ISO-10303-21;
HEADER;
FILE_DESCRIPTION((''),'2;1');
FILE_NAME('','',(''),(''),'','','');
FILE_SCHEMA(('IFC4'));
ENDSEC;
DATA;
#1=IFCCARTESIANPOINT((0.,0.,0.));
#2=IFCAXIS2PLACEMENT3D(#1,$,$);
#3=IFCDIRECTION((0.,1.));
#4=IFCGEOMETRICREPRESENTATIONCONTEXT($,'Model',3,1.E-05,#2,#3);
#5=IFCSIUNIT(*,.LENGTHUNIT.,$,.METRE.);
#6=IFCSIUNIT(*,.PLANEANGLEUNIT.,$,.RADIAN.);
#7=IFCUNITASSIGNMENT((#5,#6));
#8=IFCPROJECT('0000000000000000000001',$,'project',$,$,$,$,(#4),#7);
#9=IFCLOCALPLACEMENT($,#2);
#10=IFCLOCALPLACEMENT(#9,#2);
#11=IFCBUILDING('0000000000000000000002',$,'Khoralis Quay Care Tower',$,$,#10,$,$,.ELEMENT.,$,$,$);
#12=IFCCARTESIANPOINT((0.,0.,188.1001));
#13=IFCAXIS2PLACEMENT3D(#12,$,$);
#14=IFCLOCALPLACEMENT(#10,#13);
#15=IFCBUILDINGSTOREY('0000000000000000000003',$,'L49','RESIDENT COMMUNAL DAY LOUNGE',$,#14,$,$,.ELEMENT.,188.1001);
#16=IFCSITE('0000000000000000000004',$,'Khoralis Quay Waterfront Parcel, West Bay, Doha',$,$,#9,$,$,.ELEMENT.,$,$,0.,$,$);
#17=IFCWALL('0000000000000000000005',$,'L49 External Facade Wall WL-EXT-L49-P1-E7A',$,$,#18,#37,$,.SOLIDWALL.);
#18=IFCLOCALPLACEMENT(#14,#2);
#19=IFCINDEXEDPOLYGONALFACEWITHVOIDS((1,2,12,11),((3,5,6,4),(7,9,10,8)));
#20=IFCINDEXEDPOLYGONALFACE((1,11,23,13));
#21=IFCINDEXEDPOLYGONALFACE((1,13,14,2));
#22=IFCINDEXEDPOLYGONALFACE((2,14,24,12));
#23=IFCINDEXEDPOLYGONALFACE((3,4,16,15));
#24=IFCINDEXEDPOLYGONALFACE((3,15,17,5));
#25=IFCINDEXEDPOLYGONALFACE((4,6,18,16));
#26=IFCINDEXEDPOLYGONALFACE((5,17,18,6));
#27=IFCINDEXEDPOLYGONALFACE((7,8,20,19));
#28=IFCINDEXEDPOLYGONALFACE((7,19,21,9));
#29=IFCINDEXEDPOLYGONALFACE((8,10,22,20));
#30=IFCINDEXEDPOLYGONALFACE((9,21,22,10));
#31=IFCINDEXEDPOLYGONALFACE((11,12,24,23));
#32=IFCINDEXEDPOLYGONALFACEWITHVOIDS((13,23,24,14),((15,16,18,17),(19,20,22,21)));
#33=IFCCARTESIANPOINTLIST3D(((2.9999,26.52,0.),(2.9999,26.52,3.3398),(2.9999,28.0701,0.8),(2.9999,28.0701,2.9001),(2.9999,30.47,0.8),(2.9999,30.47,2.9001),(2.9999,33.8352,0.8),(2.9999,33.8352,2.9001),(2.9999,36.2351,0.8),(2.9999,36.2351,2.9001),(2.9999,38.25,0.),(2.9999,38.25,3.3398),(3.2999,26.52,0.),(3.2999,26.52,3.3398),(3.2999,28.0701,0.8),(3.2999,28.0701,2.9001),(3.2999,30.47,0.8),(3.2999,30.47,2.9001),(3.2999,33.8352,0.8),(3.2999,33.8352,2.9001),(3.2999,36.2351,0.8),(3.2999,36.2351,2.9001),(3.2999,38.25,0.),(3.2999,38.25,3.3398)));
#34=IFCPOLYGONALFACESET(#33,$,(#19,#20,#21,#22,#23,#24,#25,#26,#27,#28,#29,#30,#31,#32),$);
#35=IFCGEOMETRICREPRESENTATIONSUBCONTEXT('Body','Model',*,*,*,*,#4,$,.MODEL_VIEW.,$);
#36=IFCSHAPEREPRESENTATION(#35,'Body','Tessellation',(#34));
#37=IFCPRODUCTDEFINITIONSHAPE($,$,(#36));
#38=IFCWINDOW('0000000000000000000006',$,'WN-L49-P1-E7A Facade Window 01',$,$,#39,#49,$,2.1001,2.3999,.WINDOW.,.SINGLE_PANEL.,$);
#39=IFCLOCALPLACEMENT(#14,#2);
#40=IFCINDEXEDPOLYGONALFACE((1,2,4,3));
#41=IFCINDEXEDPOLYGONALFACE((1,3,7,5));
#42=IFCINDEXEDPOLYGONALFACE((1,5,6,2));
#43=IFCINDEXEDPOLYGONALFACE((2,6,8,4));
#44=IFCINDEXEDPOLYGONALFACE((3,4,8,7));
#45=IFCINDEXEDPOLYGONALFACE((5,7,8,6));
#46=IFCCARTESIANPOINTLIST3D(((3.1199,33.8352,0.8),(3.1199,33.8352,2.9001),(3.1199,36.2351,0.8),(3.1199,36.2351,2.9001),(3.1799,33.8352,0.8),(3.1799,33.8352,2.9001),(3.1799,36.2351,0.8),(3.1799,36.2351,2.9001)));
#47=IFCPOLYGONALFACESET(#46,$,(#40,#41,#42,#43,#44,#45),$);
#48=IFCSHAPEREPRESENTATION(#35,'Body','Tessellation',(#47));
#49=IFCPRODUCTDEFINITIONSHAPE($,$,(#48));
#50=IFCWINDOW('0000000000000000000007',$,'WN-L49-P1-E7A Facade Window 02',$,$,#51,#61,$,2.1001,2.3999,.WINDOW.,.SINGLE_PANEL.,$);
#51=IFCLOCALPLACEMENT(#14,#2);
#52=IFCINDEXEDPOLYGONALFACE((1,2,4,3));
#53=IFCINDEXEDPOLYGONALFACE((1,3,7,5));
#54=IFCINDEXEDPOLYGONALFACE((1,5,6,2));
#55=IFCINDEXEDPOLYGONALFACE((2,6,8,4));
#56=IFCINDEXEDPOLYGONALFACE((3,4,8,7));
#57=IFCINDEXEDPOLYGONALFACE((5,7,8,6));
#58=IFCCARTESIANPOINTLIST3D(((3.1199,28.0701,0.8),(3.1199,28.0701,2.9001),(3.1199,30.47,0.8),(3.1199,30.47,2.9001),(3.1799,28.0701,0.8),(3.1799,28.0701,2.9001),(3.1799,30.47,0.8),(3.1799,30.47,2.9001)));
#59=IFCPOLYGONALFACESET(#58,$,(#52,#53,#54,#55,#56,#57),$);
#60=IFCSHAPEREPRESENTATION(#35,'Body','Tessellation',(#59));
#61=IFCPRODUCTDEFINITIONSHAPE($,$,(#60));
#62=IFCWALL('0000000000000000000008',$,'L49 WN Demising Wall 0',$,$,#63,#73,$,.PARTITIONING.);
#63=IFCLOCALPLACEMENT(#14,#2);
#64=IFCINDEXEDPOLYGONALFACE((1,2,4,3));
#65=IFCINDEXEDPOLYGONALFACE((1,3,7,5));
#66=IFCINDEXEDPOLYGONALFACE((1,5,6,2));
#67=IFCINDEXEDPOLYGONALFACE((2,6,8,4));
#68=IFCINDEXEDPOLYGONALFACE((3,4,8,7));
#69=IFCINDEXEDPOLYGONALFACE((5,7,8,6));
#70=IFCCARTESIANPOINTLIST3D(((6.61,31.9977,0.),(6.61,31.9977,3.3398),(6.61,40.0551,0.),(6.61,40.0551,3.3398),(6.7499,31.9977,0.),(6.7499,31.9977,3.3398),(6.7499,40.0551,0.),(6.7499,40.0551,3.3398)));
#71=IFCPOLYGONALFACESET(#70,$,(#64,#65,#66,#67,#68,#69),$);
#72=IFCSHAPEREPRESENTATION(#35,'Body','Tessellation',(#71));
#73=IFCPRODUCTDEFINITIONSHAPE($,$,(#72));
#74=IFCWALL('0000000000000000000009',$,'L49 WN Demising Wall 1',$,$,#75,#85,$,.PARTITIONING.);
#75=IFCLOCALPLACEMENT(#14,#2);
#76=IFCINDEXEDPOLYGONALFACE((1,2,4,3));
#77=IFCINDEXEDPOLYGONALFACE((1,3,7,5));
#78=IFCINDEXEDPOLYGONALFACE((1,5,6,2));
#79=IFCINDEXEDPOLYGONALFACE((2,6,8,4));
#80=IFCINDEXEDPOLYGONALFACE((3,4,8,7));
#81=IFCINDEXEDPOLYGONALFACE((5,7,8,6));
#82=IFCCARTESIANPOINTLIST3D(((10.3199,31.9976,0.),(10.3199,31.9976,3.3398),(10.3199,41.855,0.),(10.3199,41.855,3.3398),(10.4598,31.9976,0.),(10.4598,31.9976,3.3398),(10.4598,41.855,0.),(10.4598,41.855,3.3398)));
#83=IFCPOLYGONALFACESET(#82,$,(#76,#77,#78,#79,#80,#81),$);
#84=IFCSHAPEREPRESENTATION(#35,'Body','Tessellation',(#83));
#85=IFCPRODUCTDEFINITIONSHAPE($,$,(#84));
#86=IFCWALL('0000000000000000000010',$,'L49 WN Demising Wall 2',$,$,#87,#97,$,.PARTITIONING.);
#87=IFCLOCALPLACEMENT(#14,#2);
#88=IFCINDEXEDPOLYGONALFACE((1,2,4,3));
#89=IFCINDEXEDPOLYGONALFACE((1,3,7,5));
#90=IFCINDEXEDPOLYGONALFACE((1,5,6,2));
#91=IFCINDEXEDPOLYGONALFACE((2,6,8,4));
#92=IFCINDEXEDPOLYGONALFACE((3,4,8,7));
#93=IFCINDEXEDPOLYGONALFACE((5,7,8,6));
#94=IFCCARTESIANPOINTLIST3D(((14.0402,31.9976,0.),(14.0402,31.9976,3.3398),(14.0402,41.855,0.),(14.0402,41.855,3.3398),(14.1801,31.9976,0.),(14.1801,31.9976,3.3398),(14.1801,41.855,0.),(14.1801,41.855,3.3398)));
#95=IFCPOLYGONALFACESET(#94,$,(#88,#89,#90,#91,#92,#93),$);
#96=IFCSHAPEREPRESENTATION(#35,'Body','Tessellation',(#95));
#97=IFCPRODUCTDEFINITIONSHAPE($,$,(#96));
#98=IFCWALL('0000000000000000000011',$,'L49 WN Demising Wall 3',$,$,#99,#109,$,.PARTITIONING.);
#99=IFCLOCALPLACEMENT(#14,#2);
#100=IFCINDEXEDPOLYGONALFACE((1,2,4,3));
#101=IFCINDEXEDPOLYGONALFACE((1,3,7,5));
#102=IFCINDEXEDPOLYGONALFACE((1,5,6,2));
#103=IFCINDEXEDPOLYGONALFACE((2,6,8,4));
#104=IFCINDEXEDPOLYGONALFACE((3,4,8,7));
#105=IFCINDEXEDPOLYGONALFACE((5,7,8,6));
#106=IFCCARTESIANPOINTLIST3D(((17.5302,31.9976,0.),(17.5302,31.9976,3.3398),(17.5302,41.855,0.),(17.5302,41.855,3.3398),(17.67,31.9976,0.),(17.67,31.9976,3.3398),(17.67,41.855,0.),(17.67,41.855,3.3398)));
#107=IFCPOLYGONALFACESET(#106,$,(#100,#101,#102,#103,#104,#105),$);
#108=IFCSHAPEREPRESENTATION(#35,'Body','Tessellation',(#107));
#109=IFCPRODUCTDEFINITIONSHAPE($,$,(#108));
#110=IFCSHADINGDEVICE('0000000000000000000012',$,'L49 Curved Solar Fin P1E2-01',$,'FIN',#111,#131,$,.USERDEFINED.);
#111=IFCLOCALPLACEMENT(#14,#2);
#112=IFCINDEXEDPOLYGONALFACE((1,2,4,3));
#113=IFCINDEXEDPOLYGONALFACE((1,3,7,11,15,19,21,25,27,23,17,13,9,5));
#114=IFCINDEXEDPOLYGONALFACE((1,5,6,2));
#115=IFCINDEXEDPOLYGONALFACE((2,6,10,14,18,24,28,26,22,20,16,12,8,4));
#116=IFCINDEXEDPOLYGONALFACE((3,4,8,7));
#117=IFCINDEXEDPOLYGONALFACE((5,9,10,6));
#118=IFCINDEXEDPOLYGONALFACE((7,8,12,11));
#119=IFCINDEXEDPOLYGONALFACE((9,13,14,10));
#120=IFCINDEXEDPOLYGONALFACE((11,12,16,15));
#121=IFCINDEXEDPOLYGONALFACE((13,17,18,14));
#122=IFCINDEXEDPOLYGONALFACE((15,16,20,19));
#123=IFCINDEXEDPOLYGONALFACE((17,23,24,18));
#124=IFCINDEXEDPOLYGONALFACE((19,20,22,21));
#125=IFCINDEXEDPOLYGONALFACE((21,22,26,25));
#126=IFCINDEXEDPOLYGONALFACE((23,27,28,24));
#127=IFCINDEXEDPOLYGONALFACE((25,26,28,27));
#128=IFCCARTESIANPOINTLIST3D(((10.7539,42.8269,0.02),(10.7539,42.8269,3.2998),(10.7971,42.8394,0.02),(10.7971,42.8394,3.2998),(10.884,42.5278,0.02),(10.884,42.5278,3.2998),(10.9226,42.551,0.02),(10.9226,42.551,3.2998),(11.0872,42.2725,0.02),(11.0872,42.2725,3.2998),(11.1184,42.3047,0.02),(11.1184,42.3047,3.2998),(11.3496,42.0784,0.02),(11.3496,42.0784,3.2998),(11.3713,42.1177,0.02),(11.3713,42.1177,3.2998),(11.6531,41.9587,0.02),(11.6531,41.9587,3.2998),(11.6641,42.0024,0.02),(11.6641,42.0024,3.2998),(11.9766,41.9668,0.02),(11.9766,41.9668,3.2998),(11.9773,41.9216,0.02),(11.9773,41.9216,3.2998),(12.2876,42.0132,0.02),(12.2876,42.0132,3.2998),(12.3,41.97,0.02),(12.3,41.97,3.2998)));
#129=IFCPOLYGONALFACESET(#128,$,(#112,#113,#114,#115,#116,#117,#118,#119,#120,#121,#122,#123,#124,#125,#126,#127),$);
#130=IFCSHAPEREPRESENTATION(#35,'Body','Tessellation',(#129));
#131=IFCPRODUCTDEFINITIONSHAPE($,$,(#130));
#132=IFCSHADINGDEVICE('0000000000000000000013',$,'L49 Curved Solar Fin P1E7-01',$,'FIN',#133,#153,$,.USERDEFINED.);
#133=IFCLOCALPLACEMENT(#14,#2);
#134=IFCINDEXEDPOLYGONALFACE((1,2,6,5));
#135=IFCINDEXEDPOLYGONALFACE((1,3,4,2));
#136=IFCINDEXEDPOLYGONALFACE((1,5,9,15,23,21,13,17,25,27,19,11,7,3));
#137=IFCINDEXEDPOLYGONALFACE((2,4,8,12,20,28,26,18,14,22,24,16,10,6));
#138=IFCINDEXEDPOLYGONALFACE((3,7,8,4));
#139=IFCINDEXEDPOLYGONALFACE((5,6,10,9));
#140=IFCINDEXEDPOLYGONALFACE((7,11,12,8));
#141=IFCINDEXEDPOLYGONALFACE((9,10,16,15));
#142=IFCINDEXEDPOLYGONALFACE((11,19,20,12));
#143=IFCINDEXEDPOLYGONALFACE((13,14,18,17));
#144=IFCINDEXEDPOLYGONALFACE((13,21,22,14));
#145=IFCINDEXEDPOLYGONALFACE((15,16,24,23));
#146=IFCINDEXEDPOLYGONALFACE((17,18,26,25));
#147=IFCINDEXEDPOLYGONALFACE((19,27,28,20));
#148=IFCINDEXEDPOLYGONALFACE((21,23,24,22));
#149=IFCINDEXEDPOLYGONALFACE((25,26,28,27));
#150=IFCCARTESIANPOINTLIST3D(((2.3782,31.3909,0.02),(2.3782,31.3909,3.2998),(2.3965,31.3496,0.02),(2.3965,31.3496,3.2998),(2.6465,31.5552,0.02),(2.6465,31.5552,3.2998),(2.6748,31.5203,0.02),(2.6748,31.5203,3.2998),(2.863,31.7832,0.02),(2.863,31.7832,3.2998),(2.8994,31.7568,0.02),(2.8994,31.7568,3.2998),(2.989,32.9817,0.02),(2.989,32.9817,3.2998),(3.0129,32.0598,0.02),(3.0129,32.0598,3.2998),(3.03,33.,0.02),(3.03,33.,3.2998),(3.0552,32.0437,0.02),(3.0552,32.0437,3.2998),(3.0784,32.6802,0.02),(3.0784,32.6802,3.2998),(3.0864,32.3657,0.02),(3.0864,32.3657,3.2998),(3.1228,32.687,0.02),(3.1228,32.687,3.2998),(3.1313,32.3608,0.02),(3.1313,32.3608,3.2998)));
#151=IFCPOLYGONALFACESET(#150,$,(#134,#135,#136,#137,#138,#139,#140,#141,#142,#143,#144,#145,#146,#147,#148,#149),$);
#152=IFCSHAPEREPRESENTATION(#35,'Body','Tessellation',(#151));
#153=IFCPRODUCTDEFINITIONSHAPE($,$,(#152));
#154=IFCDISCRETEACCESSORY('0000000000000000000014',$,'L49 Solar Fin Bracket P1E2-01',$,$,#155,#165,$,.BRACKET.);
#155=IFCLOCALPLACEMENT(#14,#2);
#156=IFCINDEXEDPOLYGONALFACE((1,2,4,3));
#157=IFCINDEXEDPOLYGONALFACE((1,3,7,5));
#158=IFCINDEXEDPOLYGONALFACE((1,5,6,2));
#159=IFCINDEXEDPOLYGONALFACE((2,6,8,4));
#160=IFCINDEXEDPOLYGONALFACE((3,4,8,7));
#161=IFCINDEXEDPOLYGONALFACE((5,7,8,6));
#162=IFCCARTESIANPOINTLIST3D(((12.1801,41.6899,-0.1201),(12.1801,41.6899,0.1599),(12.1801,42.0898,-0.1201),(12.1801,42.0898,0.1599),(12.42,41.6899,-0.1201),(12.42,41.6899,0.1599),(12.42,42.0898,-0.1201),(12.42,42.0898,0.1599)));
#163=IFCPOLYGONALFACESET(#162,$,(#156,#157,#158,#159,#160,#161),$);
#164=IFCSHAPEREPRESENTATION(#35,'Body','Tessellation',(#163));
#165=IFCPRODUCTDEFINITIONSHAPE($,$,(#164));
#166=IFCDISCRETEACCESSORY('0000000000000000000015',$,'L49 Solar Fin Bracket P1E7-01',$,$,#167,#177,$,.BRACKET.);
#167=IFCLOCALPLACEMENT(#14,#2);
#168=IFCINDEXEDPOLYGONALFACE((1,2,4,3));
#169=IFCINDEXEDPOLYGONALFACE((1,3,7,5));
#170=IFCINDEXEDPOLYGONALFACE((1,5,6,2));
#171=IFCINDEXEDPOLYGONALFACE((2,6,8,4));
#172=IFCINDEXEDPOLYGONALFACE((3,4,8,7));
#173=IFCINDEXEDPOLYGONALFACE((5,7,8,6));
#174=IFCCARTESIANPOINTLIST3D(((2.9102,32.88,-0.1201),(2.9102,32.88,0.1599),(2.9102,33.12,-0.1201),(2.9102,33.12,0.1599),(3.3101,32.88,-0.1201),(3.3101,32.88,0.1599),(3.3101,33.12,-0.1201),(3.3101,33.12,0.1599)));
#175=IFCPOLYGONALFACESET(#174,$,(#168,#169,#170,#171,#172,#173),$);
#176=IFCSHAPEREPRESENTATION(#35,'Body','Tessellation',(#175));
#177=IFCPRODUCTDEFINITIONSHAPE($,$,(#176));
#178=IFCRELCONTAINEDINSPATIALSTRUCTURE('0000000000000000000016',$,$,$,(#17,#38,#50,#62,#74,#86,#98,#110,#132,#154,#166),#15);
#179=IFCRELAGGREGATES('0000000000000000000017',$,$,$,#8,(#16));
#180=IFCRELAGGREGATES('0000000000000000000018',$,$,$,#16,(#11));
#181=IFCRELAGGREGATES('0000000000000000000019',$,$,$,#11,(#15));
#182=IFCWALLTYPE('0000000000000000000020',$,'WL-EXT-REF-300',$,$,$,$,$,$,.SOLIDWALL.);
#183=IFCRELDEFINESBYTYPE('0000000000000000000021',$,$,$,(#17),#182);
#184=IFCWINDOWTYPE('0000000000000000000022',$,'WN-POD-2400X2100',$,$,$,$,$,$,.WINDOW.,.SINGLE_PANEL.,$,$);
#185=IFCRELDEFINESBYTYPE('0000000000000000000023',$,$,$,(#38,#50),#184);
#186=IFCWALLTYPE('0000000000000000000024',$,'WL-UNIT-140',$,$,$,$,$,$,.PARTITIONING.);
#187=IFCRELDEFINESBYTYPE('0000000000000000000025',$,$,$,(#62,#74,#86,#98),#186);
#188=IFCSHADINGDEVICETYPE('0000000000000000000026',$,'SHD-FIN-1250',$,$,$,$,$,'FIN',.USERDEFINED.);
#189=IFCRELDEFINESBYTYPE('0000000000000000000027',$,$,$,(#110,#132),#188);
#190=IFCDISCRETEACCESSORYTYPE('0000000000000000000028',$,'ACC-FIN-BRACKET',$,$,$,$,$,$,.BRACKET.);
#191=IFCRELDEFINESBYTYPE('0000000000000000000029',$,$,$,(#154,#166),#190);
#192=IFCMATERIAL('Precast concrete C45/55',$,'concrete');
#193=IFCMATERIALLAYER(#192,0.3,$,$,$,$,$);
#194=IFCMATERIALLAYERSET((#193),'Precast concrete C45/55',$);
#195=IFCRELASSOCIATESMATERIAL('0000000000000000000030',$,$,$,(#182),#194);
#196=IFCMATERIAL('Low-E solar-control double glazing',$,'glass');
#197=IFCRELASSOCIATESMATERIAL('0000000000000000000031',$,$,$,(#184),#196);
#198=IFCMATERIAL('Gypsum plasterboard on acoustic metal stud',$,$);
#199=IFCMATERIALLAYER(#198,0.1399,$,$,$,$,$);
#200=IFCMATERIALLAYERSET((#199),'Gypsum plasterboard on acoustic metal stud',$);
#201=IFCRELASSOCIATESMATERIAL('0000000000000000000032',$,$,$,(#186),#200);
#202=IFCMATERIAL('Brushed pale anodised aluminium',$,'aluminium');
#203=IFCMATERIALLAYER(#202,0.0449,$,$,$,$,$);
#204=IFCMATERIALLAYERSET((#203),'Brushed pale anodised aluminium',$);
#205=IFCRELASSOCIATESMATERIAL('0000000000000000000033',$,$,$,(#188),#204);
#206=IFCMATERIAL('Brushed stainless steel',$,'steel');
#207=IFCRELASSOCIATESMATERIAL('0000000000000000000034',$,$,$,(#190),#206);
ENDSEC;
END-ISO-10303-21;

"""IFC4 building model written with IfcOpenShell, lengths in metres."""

from ifc_helpers import new_model, si_unit, direction, frame, frame_2d, origin, origin_2d, place, context, subcontext, project, spatial, polyline, rectangle, outline, extrude, source, transform, mapped, material, layer, layer_set, type_object, element, fill, save


model = new_model("IFC4")

# Units and contexts
model_context = context("Model", 3, precision=1e-05, world=origin(), true_north=direction((0.0, 1.0)))
body_context = subcontext(model_context, "Body", "Model", "MODEL_VIEW")
ifc_project = project(units=[si_unit("LENGTHUNIT", "METRE"), si_unit("PLANEANGLEUNIT", "RADIAN")], contexts=[model_context])

# Site, building, storey
site_placement = place(None, origin())
site = spatial("IfcSite", under=ifc_project, at=site_placement, Name="Khoralis Quay Waterfront Parcel, West Bay, Doha", CompositionType="ELEMENT", RefElevation=0.0)
building_placement = place(site_placement, origin())
building = spatial("IfcBuilding", under=site, at=building_placement, Name="Khoralis Quay Care Tower", CompositionType="ELEMENT")
storey_placement = place(building_placement, frame((0.0, 0.0, 188.1001)))
storey = spatial("IfcBuildingStorey", under=building, at=storey_placement, Name="L49", Description="RESIDENT COMMUNAL DAY LOUNGE", CompositionType="ELEMENT", Elevation=188.1001)

# Shared definitions
ifc_material_1 = material(Name="Gypsum plasterboard on acoustic metal stud")

# Shared definitions
ifc_material_2 = material(Name="Precast concrete C45/55", Category="concrete")
ifc_layer_1 = layer(ifc_material_2, 0.3)
ifc_layer_set_1 = layer_set([ifc_layer_1], Name="Precast concrete C45/55")
wall_type_1 = type_object("IfcWallType", Name="WL-EXT-REF-300", PredefinedType="SOLIDWALL", material=ifc_layer_set_1)

# Wall, openings, windows
wall_1_placement = place(storey_placement, frame((3.1499, 38.25, 0.0), z_axis=(0.0, 0.0, 1.0), x_axis=(0.0, -1.0, 0.0)))
wall_1 = element("IfcWall", 1, at=wall_1_placement, inside=storey, type_object=wall_type_1, Name="L49 External Facade Wall WL-EXT-L49-P1-E7A", PredefinedType="SOLIDWALL", context=body_context, shape_type="SweptSolid", body=[
    extrude(rectangle(XDim=11.73, YDim=0.3, at=frame_2d((5.865, 0.0))), origin(), (0.0, 0.0, 1.0), 3.3398),
])
opening_1_placement = place(wall_1_placement, frame((2.0149, 0.0, 0.8)))
opening_1 = element("IfcOpeningElement", 2, at=opening_1_placement, cuts=wall_1, PredefinedType="OPENING", context=body_context, shape_type="SweptSolid", body=[
    extrude(rectangle(XDim=2.3999, YDim=2.1001, at=frame_2d((1.2, 1.05))), frame((0.0, 0.1602, 0.0), z_axis=(0.0, -1.0, 0.0), x_axis=(1.0, 0.0, 0.0)), (0.0, 0.0, 1.0), 0.3201),
])
opening_2_placement = place(wall_1_placement, frame((7.78, 0.0, 0.8)))
opening_2 = element("IfcOpeningElement", 3, at=opening_2_placement, cuts=wall_1, PredefinedType="OPENING", context=body_context, shape_type="SweptSolid", body=[
    extrude(rectangle(XDim=2.3999, YDim=2.1001, at=frame_2d((1.2, 1.05))), frame((0.0, 0.1602, 0.0), z_axis=(0.0, -1.0, 0.0), x_axis=(1.0, 0.0, 0.0)), (0.0, 0.0, 1.0), 0.3201),
])
ifc_material_3 = material(Name="Low-E solar-control double glazing", Category="glass")
window_type = type_object("IfcWindowType", Name="WN-POD-2400X2100", PartitioningType="SINGLE_PANEL", PredefinedType="WINDOW", material=ifc_material_3)
shared_shape_1 = source(origin(), body_context, "Body", "SweptSolid", [
    extrude(rectangle(XDim=2.3999, YDim=2.1001, at=frame_2d((1.2, 1.05))), frame((0.0, 0.03, 0.0), z_axis=(0.0, -1.0, 0.0), x_axis=(1.0, 0.0, 0.0)), (0.0, 0.0, 1.0), 0.0601),
])
window_1_placement = place(opening_1_placement, origin())
window_1 = element("IfcWindow", 4, at=window_1_placement, inside=storey, type_object=window_type, Name="WN-L49-P1-E7A Facade Window 01", OverallHeight=2.1001, OverallWidth=2.3999, PartitioningType="SINGLE_PANEL", PredefinedType="WINDOW", context=body_context, shape_type="MappedRepresentation", body=[
    mapped(shared_shape_1, transform((0.0, 0.0, 0.0), scale=1.0)),
])
fill(opening_1, window_1)
window_2_placement = place(opening_2_placement, origin())
window_2 = element("IfcWindow", 5, at=window_2_placement, inside=storey, type_object=window_type, Name="WN-L49-P1-E7A Facade Window 02", OverallHeight=2.1001, OverallWidth=2.3999, PartitioningType="SINGLE_PANEL", PredefinedType="WINDOW", context=body_context, shape_type="MappedRepresentation", body=[
    mapped(shared_shape_1, transform((0.0, 0.0, 0.0), scale=1.0)),
])
fill(opening_2, window_2)

# Walls
ifc_layer_2 = layer(ifc_material_1, 0.1399)
ifc_layer_set_2 = layer_set([ifc_layer_2], Name="Gypsum plasterboard on acoustic metal stud")
wall_type_2 = type_object("IfcWallType", Name="WL-UNIT-140", PredefinedType="PARTITIONING", material=ifc_layer_set_2)
wall_2_placement = place(storey_placement, frame((6.6799, 31.9976, 0.0), z_axis=(0.0, 0.0, 1.0), x_axis=(0.0, 1.0, 0.0)))
element("IfcWall", 6, at=wall_2_placement, inside=storey, type_object=wall_type_2, Name="L49 WN Demising Wall 0", PredefinedType="PARTITIONING", context=body_context, shape_type="SweptSolid", body=[
    extrude(rectangle(XDim=8.0574, YDim=0.1399, at=frame_2d((4.0288, 0.0))), origin(), (0.0, 0.0, 1.0), 3.3398),
])
for number, where, z_axis, x_axis, name in (
    (7, (10.3899, 31.9976, 0.0), (0.0, 0.0, 1.0), (0.0, 1.0, 0.0), "L49 WN Demising Wall 1"),
    (8, (14.1101, 31.9976, 0.0), (0.0, 0.0, 1.0), (0.0, 1.0, 0.0), "L49 WN Demising Wall 2"),
    (9, (17.6001, 31.9976, 0.0), (0.0, 0.0, 1.0), (0.0, 1.0, 0.0), "L49 WN Demising Wall 3"),
):
    element("IfcWall", number, at=place(storey_placement, frame(where, z_axis=z_axis, x_axis=x_axis)), inside=storey, type_object=wall_type_2, Name=name, PredefinedType="PARTITIONING", context=body_context, shape_type="SweptSolid", body=[
        extrude(rectangle(XDim=9.8574, YDim=0.1399, at=frame_2d((4.9287, 0.0))), origin(), (0.0, 0.0, 1.0), 3.3398),
    ])

# Shading devices
ifc_material_4 = material(Name="Brushed pale anodised aluminium", Category="aluminium")
ifc_layer_3 = layer(ifc_material_4, 0.0449)
ifc_layer_set_3 = layer_set([ifc_layer_3], Name="Brushed pale anodised aluminium")
shading_device_type = type_object("IfcShadingDeviceType", Name="SHD-FIN-1250", ElementType="FIN", PredefinedType="USERDEFINED", material=ifc_layer_set_3)
shared_shape_2 = source(origin(), body_context, "Body", "SweptSolid", [
    extrude(outline(polyline([(0.0, 0.0), (-0.0483, 0.3228), (-0.0112, 0.647), (0.1084, 0.9504), (0.3025, 1.2129), (0.5579, 1.416), (0.8569, 1.5461), (0.8694, 1.5029), (0.5811, 1.3774), (0.3347, 1.1816), (0.1477, 0.9287), (0.0325, 0.636), (-0.0032, 0.3235), (0.0432, 0.0125), (0.0, 0.0)])), origin(), (0.0, 0.0, 1.0), 3.2798),
])
shading_device_1_placement = place(storey_placement, frame((12.3, 41.97, 0.02), z_axis=(0.0, 0.0, 1.0), x_axis=(0.0, 1.0, 0.0)))
element("IfcShadingDevice", 10, at=shading_device_1_placement, inside=storey, type_object=shading_device_type, Name="L49 Curved Solar Fin P1E2-01", ObjectType="FIN", PredefinedType="USERDEFINED", context=body_context, shape_type="MappedRepresentation", body=[
    mapped(shared_shape_2, transform((0.0, 0.0, 0.0), scale=1.0)),
])
shared_shape_3 = source(origin(), body_context, "Body", "SweptSolid", [
    extrude(outline(polyline([(0.0, 0.0), (-0.0928, 0.313), (-0.1013, 0.6392), (-0.0251, 0.9563), (0.1306, 1.2432), (0.3552, 1.4797), (0.6335, 1.6504), (0.6519, 1.6091), (0.3835, 1.4448), (0.167, 1.2168), (0.0171, 0.9402), (-0.0564, 0.6343), (-0.0483, 0.3198), (0.041, 0.0183), (0.0, 0.0)])), origin(), (0.0, 0.0, 1.0), 3.2798),
])
shading_device_2_placement = place(storey_placement, frame((3.03, 33.0, 0.02), z_axis=(0.0, 0.0, 1.0), x_axis=(-1.0, 0.0, 0.0)))
element("IfcShadingDevice", 11, at=shading_device_2_placement, inside=storey, type_object=shading_device_type, Name="L49 Curved Solar Fin P1E7-01", ObjectType="FIN", PredefinedType="USERDEFINED", context=body_context, shape_type="MappedRepresentation", body=[
    mapped(shared_shape_3, transform((0.0, 0.0, 0.0), scale=1.0)),
])

# Discrete accessories
ifc_material_5 = material(Name="Brushed stainless steel", Category="steel")
discrete_accessory_type = type_object("IfcDiscreteAccessoryType", Name="ACC-FIN-BRACKET", PredefinedType="BRACKET", material=ifc_material_5)
shared_shape_4 = source(origin(), body_context, "Body", "SweptSolid", [
    extrude(rectangle(XDim=0.3999, YDim=0.24, at=origin_2d()), origin(), (0.0, 0.0, 1.0), 0.28),
])
for number, where, z_axis, x_axis, name in (
    (12, (12.3, 41.8899, -0.1201), (0.0, 0.0, 1.0), (0.0, 1.0, 0.0), "L49 Solar Fin Bracket P1E2-01"),
    (13, (3.1101, 33.0, -0.1201), (0.0, 0.0, 1.0), (-1.0, 0.0, 0.0), "L49 Solar Fin Bracket P1E7-01"),
):
    element("IfcDiscreteAccessory", number, at=place(storey_placement, frame(where, z_axis=z_axis, x_axis=x_axis)), inside=storey, type_object=discrete_accessory_type, Name=name, PredefinedType="BRACKET", context=body_context, shape_type="MappedRepresentation", body=[
        mapped(shared_shape_4, transform((0.0, 0.0, 0.0), scale=1.0)),
    ])

save(model, "model.ifc")
